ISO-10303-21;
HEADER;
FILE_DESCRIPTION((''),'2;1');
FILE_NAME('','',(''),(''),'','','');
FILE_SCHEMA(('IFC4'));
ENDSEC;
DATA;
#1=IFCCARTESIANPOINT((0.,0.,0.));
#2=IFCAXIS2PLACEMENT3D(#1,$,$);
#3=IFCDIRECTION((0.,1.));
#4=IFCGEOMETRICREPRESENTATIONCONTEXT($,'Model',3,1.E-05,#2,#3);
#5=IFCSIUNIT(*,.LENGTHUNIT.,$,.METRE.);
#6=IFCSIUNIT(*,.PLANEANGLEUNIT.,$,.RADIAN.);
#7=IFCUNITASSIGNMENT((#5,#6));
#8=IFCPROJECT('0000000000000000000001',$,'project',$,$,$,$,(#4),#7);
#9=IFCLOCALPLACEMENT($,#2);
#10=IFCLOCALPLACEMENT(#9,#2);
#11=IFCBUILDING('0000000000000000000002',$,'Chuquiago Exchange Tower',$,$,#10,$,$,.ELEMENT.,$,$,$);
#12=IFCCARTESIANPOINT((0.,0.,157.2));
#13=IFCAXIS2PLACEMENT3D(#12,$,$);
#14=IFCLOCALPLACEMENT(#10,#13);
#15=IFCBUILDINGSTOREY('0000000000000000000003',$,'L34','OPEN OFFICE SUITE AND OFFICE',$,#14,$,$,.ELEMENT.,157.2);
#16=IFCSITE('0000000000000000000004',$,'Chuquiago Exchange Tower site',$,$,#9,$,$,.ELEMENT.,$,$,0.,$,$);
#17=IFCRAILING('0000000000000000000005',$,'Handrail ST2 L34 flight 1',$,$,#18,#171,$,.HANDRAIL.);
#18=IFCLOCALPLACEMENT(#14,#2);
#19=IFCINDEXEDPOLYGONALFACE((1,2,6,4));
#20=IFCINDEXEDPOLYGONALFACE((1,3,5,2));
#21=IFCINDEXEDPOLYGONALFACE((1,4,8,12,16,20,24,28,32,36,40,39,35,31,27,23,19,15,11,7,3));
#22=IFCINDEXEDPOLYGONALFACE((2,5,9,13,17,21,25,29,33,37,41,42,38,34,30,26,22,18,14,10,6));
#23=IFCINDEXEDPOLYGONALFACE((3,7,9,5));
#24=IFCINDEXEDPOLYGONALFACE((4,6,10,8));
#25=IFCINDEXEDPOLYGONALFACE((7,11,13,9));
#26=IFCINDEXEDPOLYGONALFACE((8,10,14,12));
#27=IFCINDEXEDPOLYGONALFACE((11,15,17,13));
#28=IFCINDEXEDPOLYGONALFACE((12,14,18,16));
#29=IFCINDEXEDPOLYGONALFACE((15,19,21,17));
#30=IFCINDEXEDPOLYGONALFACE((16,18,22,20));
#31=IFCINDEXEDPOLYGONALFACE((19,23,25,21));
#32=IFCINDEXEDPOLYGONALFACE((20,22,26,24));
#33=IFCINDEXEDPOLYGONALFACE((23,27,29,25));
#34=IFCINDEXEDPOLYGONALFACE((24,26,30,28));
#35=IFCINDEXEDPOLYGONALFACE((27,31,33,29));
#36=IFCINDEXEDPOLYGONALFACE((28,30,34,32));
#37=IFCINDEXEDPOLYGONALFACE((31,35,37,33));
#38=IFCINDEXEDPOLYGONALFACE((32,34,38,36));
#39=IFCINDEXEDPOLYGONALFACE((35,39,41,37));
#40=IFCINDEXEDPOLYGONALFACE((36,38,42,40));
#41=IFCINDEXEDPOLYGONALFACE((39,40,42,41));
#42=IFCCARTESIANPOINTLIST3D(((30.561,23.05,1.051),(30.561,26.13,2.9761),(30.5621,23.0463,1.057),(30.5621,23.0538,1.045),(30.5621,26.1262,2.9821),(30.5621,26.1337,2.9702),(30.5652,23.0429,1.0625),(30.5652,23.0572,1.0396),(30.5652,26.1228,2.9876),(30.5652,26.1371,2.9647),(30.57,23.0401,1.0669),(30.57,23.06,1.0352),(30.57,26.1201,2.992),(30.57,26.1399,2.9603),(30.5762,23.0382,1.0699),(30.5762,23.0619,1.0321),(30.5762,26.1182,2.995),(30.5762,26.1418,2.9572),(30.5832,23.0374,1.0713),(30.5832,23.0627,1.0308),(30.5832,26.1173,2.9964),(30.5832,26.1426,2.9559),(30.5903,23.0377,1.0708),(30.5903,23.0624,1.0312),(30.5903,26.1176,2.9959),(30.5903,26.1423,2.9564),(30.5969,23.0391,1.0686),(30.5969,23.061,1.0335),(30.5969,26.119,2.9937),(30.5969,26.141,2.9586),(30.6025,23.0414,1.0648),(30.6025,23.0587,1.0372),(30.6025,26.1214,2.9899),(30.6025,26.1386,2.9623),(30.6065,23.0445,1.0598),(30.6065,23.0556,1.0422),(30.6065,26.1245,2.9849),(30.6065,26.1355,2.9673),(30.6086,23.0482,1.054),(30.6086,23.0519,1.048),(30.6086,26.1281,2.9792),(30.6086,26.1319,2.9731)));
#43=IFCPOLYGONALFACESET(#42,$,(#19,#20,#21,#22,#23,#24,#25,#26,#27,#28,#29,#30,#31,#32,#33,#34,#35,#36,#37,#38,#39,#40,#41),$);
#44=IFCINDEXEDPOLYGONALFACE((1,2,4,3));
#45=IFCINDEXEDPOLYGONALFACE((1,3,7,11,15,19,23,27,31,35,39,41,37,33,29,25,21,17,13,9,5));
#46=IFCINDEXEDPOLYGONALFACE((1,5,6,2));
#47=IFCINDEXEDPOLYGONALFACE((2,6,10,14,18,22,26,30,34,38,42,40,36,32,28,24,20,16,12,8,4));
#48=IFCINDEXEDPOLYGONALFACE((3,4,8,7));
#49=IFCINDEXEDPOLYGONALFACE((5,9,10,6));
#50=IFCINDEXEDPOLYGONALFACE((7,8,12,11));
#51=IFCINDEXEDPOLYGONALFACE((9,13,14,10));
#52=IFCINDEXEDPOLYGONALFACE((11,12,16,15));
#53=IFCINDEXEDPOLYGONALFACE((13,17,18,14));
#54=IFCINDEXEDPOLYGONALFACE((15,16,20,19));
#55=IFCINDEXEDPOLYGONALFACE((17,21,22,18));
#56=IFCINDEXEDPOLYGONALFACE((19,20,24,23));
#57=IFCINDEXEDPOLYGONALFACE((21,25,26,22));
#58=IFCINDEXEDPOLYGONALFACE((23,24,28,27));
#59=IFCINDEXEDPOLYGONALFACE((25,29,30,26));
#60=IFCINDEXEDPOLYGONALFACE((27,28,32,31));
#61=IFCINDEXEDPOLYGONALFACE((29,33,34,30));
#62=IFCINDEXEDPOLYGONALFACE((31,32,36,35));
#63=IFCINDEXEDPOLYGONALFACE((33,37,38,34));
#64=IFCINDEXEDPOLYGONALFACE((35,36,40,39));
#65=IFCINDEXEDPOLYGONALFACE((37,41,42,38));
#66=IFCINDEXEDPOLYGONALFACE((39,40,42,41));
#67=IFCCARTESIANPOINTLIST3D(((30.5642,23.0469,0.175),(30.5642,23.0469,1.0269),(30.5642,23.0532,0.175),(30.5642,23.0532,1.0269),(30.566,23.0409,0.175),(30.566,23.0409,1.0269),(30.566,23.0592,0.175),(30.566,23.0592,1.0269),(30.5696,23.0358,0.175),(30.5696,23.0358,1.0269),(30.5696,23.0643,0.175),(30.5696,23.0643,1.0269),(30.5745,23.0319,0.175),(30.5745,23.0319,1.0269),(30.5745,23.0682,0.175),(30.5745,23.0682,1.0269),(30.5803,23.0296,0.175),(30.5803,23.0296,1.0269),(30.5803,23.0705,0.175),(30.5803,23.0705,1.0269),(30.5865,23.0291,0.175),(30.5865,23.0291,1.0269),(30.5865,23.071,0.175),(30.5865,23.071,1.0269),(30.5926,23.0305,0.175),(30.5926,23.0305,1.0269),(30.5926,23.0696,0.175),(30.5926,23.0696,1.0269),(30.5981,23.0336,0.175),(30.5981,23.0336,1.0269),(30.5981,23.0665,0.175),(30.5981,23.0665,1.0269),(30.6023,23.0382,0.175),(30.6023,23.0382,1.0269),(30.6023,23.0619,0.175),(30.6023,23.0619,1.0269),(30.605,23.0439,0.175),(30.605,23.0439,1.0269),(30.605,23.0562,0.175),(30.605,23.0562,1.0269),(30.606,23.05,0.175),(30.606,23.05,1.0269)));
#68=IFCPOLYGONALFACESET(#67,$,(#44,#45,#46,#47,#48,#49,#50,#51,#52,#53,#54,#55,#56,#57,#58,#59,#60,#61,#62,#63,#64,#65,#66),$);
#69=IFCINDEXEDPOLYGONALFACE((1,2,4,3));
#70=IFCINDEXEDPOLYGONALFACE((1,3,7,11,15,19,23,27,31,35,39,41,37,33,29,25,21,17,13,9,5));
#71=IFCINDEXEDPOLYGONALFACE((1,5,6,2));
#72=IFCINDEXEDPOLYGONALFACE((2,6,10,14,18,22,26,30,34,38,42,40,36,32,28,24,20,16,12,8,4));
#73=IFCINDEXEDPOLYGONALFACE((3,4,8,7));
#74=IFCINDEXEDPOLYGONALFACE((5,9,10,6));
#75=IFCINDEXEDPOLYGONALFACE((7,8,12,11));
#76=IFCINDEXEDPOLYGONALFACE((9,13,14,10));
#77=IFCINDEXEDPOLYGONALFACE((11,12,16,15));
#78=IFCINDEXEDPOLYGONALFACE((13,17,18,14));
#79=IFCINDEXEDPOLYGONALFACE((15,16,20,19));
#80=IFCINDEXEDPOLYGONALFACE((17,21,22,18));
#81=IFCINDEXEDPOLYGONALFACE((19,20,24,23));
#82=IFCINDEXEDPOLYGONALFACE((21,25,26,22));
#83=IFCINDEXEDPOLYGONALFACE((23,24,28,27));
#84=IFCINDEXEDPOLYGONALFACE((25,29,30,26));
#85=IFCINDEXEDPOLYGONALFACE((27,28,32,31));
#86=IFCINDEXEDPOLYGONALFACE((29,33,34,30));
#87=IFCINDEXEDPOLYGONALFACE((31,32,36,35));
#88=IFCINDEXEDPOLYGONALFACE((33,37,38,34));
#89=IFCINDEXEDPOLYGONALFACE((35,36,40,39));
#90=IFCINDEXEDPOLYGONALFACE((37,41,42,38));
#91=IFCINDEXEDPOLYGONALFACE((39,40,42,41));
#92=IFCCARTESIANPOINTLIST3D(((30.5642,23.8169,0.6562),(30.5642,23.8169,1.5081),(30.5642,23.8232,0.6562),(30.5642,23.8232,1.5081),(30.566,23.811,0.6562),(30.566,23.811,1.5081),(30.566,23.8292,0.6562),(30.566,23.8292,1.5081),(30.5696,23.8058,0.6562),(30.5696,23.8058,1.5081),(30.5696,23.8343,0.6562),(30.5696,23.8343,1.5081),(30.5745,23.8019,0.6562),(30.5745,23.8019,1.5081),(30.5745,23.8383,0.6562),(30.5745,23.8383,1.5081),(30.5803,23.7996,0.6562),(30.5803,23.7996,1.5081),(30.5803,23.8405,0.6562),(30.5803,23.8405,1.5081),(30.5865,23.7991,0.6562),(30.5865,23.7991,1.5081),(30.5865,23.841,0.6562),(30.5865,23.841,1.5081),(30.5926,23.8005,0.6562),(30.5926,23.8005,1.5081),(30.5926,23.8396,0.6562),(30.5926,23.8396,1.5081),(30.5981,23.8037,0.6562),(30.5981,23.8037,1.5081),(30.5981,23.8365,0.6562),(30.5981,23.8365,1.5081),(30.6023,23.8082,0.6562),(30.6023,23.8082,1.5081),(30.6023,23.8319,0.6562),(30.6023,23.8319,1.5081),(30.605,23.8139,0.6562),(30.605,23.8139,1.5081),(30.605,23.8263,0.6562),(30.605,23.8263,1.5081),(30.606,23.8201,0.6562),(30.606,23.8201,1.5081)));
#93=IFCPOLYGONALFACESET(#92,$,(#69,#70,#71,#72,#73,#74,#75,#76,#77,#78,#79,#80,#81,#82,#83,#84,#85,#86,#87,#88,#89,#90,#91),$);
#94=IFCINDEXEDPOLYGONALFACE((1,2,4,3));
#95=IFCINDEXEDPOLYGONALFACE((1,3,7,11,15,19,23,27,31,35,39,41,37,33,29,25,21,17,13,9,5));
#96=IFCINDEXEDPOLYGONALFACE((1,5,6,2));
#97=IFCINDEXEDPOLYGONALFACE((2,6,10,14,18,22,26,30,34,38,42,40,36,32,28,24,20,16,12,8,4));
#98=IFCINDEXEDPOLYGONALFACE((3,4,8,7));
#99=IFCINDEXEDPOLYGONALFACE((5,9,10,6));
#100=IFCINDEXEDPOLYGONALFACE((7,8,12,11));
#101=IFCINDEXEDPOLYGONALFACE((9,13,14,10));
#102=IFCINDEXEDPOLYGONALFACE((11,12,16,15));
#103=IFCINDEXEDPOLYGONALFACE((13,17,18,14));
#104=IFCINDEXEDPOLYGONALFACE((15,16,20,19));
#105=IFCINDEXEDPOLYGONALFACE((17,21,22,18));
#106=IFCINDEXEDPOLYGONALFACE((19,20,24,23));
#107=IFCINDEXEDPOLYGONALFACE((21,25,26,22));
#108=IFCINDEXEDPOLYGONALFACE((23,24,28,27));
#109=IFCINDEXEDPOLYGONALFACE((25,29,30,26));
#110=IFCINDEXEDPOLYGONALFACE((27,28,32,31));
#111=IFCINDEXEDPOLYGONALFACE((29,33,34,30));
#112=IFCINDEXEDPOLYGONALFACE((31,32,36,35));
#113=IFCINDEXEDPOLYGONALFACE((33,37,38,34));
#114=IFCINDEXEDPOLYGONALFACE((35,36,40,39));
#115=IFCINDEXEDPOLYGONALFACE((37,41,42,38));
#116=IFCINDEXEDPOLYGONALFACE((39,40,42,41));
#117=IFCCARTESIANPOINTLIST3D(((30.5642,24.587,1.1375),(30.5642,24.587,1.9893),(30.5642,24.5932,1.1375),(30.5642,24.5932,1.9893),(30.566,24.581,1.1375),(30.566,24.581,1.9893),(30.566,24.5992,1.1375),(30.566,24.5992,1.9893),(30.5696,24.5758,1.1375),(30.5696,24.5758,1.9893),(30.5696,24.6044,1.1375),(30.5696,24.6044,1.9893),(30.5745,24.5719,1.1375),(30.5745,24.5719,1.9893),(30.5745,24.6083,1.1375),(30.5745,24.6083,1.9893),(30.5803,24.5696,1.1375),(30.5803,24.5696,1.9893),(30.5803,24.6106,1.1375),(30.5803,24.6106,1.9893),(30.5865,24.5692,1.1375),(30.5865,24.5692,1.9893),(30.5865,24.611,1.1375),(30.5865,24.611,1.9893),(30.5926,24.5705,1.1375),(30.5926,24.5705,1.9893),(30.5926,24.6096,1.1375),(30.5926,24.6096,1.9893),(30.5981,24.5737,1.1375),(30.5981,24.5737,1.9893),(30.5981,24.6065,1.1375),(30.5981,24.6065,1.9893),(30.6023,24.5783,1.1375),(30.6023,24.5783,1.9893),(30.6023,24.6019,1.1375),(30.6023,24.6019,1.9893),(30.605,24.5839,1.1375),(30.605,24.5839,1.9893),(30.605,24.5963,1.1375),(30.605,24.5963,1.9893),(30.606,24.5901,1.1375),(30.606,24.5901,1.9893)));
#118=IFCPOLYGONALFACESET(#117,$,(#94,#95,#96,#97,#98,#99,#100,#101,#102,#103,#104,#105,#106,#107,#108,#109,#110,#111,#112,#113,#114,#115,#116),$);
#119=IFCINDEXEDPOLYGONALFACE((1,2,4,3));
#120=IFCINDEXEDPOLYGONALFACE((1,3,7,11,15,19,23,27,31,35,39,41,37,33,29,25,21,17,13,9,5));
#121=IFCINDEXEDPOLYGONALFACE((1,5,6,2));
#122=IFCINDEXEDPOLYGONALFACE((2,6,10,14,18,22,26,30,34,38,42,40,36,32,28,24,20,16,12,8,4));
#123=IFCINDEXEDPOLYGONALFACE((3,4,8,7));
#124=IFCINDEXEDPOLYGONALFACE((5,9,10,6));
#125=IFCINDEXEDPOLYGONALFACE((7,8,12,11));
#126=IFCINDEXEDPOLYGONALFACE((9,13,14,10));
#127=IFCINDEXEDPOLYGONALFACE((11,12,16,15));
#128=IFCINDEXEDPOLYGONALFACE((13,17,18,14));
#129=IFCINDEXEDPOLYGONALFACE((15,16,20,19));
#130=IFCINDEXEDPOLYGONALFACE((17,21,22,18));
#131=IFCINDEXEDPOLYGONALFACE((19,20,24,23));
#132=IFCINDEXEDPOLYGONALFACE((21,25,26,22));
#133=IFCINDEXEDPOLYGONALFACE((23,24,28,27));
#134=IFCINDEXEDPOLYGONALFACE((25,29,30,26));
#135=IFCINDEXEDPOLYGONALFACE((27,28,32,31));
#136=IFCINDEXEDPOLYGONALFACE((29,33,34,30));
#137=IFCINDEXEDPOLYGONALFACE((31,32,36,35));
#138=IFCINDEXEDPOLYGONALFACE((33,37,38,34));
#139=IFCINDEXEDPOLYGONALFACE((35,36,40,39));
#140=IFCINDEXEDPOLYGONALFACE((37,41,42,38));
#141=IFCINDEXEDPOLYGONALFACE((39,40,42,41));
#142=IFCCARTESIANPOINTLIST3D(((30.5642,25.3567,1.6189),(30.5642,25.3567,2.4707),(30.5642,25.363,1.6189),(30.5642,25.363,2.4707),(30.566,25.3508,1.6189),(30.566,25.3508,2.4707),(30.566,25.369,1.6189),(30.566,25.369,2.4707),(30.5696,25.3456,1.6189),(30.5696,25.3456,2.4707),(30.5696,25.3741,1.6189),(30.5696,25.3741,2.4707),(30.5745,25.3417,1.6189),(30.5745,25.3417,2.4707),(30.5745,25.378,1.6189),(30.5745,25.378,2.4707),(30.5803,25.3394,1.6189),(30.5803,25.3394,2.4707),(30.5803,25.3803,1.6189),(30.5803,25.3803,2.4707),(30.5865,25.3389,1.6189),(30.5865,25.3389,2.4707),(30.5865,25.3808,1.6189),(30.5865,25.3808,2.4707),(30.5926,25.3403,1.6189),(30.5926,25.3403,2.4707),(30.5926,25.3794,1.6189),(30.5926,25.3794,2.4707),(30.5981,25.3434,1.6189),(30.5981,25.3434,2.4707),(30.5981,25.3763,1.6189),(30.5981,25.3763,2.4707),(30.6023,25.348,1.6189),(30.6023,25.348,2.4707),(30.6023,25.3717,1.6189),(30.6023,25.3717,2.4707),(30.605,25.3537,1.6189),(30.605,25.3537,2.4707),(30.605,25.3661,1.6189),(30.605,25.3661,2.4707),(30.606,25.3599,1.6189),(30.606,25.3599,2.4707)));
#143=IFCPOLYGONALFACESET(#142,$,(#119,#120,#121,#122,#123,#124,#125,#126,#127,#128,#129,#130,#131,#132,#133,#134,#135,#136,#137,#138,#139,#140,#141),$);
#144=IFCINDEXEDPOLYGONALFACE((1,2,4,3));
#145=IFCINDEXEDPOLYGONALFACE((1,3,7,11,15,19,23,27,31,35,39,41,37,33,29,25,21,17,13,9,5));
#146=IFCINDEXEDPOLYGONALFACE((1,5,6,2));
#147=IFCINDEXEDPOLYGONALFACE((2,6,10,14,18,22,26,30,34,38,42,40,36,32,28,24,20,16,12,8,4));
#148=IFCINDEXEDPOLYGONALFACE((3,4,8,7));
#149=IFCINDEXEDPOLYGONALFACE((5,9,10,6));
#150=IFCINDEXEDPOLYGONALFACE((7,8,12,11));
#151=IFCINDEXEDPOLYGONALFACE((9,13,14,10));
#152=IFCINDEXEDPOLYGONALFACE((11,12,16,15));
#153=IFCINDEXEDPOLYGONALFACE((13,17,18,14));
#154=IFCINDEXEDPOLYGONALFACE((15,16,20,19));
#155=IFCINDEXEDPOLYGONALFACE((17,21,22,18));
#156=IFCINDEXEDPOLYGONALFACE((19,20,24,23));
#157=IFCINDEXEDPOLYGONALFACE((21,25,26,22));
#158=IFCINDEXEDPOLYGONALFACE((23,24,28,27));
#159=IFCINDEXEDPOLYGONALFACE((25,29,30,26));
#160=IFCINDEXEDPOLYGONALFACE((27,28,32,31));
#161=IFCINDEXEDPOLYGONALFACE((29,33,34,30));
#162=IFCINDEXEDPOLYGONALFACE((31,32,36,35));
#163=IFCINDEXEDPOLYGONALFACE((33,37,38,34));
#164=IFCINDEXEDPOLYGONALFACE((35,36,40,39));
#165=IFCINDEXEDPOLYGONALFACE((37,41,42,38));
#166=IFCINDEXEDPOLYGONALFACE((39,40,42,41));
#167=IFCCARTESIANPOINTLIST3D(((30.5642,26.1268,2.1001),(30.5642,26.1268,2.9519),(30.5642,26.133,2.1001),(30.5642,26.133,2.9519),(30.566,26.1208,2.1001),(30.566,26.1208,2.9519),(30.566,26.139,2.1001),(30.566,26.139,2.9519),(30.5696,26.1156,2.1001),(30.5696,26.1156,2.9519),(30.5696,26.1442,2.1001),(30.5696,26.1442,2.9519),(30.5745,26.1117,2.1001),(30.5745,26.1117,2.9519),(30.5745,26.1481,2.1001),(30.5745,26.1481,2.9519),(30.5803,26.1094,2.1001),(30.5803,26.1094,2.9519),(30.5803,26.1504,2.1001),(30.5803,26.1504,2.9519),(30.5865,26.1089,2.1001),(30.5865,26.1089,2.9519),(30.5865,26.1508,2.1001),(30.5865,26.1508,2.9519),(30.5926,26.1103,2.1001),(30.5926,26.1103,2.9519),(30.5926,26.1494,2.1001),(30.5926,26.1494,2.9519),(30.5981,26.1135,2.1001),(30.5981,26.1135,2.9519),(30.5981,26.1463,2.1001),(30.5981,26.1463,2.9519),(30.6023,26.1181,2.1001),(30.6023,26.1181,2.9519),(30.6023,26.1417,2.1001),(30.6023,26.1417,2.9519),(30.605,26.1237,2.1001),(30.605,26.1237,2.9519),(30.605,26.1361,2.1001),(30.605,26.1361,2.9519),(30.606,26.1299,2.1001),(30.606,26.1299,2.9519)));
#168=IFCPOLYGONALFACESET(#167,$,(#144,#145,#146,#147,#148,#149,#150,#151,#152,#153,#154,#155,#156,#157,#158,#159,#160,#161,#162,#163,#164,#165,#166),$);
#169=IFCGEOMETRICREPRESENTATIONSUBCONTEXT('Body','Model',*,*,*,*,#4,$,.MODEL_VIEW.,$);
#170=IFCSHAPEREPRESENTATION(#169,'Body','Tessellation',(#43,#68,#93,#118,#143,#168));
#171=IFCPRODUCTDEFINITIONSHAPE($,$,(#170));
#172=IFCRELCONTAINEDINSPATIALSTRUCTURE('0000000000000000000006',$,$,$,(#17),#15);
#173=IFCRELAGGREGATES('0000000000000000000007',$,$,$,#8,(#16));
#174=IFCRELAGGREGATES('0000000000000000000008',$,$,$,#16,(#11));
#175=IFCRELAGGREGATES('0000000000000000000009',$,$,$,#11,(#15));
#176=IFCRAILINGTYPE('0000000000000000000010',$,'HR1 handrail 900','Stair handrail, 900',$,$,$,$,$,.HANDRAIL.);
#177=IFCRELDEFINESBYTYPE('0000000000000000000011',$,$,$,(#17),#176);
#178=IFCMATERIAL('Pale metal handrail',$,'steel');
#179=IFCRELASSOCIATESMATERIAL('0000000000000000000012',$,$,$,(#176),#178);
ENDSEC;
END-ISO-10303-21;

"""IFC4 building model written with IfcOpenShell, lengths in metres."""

from ifc_helpers import new_model, si_unit, direction, frame, origin, origin_2d, place, context, subcontext, project, spatial, circle, extrude, material, type_object, element, save


model = new_model("IFC4")

# Units and contexts
model_context = context("Model", 3, precision=1e-05, world=origin(), true_north=direction((0.0, 1.0)))
body_context = subcontext(model_context, "Body", "Model", "MODEL_VIEW")
ifc_project = project(units=[si_unit("LENGTHUNIT", "METRE"), si_unit("PLANEANGLEUNIT", "RADIAN")], contexts=[model_context])

# Site, building, storey
site_placement = place(None, origin())
site = spatial("IfcSite", under=ifc_project, at=site_placement, Name="Chuquiago Exchange Tower site", CompositionType="ELEMENT", RefElevation=0.0)
building_placement = place(site_placement, origin())
building = spatial("IfcBuilding", under=site, at=building_placement, Name="Chuquiago Exchange Tower", CompositionType="ELEMENT")
storey_placement = place(building_placement, frame((0.0, 0.0, 157.2)))
storey = spatial("IfcBuildingStorey", under=building, at=storey_placement, Name="L34", Description="OPEN OFFICE SUITE AND OFFICE", CompositionType="ELEMENT", Elevation=157.2)

# Railing
ifc_material_1 = material(Name="Pale metal handrail", Category="steel")
railing_type_1 = type_object("IfcRailingType", Name="HR1 handrail 900", Description="Stair handrail, 900", PredefinedType="HANDRAIL", material=ifc_material_1)
for number, where, name in (
    (1, (30.585, 23.05, 0.175), "Handrail ST2 L34 flight 1"),
):
    element("IfcRailing", number, at=place(storey_placement, frame(where)), inside=storey, type_object=railing_type_1, Name=name, PredefinedType="HANDRAIL", context=body_context, shape_type="SweptSolid", body=[
        extrude(circle(Radius=0.0239, at=origin_2d()), frame((0.0, 0.0, 0.876), z_axis=(0.0, 0.847979, 0.530029), x_axis=(-1.0, 0.0, 0.0)), (0.0, 0.0, 1.0), 3.6321),
        extrude(circle(Radius=0.021, at=origin_2d()), origin(), (0.0, 0.0, 1.0), 0.8518),
        extrude(circle(Radius=0.021, at=origin_2d()), frame((0.0, 0.77, 0.4812)), (0.0, 0.0, 1.0), 0.8518),
        extrude(circle(Radius=0.021, at=origin_2d()), frame((0.0, 1.54, 0.9624)), (0.0, 0.0, 1.0), 0.8518),
        extrude(circle(Radius=0.021, at=origin_2d()), frame((0.0, 2.3098, 1.4438)), (0.0, 0.0, 1.0), 0.8518),
        extrude(circle(Radius=0.021, at=origin_2d()), frame((0.0, 3.0798, 1.925)), (0.0, 0.0, 1.0), 0.8518),
    ])

save(model, "model.ifc")
